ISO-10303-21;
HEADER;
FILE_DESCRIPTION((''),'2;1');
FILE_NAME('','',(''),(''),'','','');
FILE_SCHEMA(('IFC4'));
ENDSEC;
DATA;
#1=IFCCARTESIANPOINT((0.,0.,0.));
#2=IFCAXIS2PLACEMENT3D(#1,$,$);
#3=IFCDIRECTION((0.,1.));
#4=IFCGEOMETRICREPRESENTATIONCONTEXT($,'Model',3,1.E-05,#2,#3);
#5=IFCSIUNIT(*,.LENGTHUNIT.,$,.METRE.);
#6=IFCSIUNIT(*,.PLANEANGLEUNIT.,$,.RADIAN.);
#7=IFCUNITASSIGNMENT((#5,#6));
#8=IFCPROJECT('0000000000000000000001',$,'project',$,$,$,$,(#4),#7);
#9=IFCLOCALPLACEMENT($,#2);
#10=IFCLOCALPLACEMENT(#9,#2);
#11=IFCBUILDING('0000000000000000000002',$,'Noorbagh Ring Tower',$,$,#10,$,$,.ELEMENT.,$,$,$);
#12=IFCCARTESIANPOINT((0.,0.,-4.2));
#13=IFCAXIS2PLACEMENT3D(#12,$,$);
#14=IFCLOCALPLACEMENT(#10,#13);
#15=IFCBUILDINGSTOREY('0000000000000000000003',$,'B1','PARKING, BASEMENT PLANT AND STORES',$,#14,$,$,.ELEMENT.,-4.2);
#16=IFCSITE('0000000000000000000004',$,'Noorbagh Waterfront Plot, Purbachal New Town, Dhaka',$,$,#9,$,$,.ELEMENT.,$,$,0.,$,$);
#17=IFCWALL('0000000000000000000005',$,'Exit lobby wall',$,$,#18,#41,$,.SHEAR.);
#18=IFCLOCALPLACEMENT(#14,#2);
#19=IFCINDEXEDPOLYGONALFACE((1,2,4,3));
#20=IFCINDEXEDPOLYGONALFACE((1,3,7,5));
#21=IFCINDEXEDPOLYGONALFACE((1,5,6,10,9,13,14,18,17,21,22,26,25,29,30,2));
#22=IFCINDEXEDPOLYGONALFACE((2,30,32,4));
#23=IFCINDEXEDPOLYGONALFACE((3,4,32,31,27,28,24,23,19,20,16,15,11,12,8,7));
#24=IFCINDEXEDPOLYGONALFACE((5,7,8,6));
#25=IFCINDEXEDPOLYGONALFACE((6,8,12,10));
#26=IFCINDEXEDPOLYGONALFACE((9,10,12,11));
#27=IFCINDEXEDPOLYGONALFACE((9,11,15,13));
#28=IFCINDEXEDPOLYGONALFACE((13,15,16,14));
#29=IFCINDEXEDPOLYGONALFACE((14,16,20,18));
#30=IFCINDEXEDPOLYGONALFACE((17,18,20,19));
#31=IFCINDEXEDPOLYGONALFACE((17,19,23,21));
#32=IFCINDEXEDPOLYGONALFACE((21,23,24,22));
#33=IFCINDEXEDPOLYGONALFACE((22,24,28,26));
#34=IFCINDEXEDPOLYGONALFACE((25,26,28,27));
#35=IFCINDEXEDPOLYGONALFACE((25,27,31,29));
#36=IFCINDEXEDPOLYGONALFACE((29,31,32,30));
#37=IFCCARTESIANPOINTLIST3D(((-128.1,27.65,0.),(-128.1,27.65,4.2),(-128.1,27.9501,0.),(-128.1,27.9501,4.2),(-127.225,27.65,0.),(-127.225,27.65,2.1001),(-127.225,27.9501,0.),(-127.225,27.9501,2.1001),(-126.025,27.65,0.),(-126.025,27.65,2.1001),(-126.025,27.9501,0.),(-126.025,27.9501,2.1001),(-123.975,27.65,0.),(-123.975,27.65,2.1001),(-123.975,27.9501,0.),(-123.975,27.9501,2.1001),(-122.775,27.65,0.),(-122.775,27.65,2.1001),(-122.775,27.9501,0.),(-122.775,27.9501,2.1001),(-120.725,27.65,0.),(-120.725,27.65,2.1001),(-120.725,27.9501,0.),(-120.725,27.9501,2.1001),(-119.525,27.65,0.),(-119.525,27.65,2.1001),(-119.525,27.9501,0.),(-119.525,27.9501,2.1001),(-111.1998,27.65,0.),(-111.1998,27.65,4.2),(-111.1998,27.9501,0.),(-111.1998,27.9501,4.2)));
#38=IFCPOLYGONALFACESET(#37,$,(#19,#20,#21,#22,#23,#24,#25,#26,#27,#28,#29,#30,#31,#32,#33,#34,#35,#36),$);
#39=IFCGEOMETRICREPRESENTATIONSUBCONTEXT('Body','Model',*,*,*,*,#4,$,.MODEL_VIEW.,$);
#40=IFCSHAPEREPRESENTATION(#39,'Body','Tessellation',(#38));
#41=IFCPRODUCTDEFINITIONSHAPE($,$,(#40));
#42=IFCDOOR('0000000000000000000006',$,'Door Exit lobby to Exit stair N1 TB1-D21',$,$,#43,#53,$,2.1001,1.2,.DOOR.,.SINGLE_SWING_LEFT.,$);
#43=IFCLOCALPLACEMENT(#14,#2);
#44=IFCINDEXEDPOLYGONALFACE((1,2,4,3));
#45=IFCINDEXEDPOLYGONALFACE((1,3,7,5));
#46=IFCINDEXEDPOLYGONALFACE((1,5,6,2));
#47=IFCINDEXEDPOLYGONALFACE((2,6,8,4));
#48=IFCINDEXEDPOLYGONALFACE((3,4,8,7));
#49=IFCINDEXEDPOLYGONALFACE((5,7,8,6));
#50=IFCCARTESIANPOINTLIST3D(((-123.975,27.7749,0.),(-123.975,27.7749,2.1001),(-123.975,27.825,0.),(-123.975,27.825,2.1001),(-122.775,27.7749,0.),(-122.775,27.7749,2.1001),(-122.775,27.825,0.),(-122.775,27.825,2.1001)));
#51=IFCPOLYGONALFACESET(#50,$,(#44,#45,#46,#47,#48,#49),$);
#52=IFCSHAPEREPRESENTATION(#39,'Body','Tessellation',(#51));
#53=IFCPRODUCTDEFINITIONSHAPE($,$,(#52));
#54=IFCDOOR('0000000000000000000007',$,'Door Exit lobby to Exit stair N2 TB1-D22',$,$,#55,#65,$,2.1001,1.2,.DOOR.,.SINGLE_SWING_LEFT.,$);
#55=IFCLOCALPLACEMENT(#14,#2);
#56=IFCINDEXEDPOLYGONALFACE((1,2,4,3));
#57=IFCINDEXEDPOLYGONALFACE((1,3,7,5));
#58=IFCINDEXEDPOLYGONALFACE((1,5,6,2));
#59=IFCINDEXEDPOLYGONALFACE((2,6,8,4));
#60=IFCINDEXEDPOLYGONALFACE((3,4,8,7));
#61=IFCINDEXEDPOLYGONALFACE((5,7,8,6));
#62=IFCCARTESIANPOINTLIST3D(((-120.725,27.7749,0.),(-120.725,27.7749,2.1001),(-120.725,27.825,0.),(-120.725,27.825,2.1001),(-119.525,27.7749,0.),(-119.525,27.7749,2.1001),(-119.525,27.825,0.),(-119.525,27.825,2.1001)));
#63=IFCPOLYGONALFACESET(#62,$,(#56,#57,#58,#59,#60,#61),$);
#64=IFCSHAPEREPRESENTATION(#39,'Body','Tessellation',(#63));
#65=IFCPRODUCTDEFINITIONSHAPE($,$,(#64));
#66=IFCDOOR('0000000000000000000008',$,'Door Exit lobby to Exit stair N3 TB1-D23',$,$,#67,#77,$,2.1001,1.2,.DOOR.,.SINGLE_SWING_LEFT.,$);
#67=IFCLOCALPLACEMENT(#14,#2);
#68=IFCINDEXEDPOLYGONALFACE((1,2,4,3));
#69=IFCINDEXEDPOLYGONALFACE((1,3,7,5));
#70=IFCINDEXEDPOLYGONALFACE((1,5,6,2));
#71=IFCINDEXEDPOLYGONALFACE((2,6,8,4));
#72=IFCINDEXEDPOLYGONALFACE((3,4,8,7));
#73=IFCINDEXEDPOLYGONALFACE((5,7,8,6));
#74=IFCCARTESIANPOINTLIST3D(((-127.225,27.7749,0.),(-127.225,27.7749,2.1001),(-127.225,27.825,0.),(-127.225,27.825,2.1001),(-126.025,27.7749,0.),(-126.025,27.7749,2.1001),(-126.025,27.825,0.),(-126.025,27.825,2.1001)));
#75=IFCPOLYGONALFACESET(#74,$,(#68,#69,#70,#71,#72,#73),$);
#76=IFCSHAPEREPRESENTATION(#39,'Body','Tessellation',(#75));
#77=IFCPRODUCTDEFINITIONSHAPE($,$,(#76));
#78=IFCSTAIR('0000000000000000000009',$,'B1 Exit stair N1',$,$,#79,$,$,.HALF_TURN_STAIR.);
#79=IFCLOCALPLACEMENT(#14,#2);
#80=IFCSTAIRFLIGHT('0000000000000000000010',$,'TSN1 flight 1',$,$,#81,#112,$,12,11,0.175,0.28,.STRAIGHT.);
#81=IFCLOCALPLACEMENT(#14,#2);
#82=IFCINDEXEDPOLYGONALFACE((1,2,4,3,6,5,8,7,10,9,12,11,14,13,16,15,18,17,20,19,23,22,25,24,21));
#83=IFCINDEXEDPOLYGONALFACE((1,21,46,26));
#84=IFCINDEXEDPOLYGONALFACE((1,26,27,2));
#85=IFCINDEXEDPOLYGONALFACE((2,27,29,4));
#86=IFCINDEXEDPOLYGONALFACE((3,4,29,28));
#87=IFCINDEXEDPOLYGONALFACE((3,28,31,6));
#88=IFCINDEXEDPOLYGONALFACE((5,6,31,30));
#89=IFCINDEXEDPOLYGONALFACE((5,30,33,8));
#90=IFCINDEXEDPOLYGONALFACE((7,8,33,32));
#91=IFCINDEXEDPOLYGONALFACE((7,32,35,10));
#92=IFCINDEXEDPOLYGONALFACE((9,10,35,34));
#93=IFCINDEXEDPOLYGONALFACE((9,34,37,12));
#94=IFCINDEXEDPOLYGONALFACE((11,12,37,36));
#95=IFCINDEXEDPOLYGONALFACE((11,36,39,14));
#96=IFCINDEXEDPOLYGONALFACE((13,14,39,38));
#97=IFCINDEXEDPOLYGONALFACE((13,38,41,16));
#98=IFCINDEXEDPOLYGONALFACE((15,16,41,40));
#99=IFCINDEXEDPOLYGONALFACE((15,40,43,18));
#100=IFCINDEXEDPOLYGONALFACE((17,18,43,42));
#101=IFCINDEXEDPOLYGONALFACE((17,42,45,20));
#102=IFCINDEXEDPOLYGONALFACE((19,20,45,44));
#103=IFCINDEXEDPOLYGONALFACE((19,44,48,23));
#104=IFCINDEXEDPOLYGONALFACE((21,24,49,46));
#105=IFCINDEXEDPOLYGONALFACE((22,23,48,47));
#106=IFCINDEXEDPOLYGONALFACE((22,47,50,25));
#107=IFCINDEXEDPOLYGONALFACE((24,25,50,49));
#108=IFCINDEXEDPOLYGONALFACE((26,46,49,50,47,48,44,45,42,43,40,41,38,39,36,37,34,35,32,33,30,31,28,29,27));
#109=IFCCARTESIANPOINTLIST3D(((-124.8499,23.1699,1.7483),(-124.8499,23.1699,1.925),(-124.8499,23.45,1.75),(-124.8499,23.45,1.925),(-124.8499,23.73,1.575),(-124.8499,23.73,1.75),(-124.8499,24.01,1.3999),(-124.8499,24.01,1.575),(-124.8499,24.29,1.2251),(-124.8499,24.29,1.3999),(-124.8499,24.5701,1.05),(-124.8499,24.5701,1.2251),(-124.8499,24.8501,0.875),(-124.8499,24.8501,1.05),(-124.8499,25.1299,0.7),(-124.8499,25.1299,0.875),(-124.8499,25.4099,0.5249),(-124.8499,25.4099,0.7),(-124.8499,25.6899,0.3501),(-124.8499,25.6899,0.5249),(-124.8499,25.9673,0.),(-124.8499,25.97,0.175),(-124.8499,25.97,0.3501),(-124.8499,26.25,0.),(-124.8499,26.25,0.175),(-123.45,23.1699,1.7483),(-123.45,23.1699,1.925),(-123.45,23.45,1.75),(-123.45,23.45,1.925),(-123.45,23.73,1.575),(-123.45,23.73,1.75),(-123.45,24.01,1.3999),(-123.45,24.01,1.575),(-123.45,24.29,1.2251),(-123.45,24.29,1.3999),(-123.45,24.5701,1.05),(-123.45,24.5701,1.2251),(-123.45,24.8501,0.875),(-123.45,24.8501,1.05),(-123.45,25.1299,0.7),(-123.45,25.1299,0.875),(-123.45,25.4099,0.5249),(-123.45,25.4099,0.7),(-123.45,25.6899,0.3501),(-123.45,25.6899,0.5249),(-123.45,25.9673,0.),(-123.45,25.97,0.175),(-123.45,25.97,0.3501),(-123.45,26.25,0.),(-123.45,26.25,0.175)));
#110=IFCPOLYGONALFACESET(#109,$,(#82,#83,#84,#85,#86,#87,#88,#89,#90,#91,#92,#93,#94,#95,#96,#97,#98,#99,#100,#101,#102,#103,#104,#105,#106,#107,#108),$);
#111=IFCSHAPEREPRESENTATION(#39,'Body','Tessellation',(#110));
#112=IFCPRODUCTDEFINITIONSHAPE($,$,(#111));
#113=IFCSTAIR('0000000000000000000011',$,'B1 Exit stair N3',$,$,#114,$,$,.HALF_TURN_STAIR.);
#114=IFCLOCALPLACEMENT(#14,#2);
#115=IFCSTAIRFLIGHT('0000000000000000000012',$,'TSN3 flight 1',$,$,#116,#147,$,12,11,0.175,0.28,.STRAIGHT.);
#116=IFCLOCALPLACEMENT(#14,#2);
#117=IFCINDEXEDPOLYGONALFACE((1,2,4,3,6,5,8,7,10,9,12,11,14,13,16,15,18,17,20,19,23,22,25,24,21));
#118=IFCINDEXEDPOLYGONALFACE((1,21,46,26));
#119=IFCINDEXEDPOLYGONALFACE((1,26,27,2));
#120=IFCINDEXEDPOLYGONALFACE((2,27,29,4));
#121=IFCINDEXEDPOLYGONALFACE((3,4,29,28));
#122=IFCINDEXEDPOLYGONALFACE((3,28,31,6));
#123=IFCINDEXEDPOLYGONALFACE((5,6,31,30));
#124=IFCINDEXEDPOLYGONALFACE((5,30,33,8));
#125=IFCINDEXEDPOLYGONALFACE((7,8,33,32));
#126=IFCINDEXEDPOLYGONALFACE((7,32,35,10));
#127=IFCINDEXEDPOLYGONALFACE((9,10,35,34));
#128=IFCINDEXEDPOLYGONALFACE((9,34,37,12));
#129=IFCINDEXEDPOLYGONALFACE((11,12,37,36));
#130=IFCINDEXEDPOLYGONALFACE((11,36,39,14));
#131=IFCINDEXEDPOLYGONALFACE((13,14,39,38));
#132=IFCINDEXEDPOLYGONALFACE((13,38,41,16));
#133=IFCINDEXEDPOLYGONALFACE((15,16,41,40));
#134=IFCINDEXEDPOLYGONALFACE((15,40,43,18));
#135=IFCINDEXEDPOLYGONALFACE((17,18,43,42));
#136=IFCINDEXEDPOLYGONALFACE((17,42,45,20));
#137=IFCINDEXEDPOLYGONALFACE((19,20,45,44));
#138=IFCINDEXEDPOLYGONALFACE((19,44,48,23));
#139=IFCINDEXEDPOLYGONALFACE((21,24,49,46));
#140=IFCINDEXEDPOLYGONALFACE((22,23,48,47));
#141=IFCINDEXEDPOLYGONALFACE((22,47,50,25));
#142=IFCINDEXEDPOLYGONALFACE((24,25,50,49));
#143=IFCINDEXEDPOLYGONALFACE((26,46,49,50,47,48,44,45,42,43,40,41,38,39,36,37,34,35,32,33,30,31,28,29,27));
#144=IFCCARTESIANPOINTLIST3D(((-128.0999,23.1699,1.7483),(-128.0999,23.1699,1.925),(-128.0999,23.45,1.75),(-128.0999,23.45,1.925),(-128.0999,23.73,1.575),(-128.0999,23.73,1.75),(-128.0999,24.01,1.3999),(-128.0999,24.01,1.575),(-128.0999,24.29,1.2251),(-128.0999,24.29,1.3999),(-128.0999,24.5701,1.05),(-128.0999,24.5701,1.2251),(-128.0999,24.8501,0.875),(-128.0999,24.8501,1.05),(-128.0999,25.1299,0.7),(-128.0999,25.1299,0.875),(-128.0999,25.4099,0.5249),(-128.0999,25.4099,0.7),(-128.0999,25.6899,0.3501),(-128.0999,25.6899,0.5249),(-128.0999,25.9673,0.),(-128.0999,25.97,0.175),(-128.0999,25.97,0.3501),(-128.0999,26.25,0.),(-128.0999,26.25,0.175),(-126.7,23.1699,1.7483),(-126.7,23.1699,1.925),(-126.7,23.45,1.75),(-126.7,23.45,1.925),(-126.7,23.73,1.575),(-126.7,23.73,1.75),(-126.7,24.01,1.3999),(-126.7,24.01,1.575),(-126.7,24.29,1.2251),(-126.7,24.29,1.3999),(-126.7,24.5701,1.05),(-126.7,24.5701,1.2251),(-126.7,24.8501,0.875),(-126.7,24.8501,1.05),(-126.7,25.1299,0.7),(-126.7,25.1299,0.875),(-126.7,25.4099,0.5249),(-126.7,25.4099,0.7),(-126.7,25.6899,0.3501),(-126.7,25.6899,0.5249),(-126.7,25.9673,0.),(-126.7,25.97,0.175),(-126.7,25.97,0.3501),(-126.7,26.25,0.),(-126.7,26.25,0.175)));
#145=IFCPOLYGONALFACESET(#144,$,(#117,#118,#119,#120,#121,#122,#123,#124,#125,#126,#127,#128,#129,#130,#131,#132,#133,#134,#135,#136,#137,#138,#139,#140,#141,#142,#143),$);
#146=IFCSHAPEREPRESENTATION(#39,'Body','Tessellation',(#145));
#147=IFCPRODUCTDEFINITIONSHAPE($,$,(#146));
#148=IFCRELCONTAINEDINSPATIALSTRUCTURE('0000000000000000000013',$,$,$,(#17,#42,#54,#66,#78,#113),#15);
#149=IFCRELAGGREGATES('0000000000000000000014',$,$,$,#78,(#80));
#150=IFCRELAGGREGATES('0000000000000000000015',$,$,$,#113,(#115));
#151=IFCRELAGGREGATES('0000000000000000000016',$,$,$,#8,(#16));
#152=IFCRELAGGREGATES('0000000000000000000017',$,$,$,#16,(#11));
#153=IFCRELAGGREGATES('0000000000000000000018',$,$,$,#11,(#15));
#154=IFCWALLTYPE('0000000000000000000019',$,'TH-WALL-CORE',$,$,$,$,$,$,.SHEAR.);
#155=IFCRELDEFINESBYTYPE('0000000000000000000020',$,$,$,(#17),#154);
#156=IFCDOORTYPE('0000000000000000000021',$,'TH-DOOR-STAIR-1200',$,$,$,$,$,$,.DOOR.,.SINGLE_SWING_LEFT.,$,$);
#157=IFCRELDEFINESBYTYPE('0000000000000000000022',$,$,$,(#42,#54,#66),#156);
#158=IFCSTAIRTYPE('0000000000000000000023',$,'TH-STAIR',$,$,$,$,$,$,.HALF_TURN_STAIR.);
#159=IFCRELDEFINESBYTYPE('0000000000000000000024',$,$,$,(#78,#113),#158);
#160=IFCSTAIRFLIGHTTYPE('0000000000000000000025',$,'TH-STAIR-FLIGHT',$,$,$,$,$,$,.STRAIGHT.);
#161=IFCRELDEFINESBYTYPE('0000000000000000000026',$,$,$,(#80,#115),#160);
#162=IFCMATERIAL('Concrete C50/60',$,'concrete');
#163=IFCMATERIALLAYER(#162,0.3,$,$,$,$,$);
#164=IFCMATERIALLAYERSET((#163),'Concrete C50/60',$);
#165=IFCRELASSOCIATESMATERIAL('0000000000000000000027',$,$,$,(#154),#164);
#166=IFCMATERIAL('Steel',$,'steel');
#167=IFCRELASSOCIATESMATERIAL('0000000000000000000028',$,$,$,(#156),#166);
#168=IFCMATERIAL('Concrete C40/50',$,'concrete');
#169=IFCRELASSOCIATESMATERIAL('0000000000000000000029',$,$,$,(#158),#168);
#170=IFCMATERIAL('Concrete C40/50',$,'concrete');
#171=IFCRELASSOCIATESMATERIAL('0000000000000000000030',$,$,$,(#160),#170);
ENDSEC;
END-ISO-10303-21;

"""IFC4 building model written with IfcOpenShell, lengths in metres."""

from ifc_helpers import new_model, si_unit, direction, frame, frame_2d, origin, place, context, subcontext, project, spatial, polyline, rectangle, outline, extrude, material, layer, layer_set, type_object, element, fill, aggregate, save


model = new_model("IFC4")

# Units and contexts
model_context = context("Model", 3, precision=1e-05, world=origin(), true_north=direction((0.0, 1.0)))
body_context = subcontext(model_context, "Body", "Model", "MODEL_VIEW")
ifc_project = project(units=[si_unit("LENGTHUNIT", "METRE"), si_unit("PLANEANGLEUNIT", "RADIAN")], contexts=[model_context])

# Site, building, storey
site_placement = place(None, origin())
site = spatial("IfcSite", under=ifc_project, at=site_placement, Name="Noorbagh Waterfront Plot, Purbachal New Town, Dhaka", CompositionType="ELEMENT", RefElevation=0.0)
building_placement = place(site_placement, origin())
building = spatial("IfcBuilding", under=site, at=building_placement, Name="Noorbagh Ring Tower", CompositionType="ELEMENT")
storey_placement = place(building_placement, frame((0.0, 0.0, -4.2)))
storey = spatial("IfcBuildingStorey", under=building, at=storey_placement, Name="B1", Description="PARKING, BASEMENT PLANT AND STORES", CompositionType="ELEMENT", Elevation=-4.2)

# Wall, openings, doors
ifc_material_1 = material(Name="Concrete C50/60", Category="concrete")
ifc_layer = layer(ifc_material_1, 0.3)
ifc_layer_set = layer_set([ifc_layer], Name="Concrete C50/60")
wall_type = type_object("IfcWallType", Name="TH-WALL-CORE", PredefinedType="SHEAR", material=ifc_layer_set)
wall_placement = place(storey_placement, frame((-128.1001, 27.8, 0.0), z_axis=(0.0, 0.0, 1.0), x_axis=(1.0, 0.0, 0.0)))
wall = element("IfcWall", 1, at=wall_placement, inside=storey, type_object=wall_type, Name="Exit lobby wall", PredefinedType="SHEAR", context=body_context, shape_type="SweptSolid", body=[
    extrude(rectangle(XDim=16.9001, YDim=0.3, at=frame_2d((8.4502, 0.0))), origin(), (0.0, 0.0, 1.0), 4.2),
])
opening_1_placement = place(wall_placement, frame((4.125, 0.0, 0.0)))
opening_1 = element("IfcOpeningElement", 2, at=opening_1_placement, cuts=wall, PredefinedType="OPENING", context=body_context, shape_type="SweptSolid", body=[
    extrude(rectangle(XDim=1.2, YDim=2.1001, at=frame_2d((0.6001, 1.05))), frame((0.0, 0.1602, 0.0), z_axis=(0.0, -1.0, 0.0), x_axis=(1.0, 0.0, 0.0)), (0.0, 0.0, 1.0), 0.3201),
])
opening_2_placement = place(wall_placement, frame((7.375, 0.0, 0.0)))
opening_2 = element("IfcOpeningElement", 3, at=opening_2_placement, cuts=wall, PredefinedType="OPENING", context=body_context, shape_type="SweptSolid", body=[
    extrude(rectangle(XDim=1.2, YDim=2.1001, at=frame_2d((0.6001, 1.05))), frame((0.0, 0.1602, 0.0), z_axis=(0.0, -1.0, 0.0), x_axis=(1.0, 0.0, 0.0)), (0.0, 0.0, 1.0), 0.3201),
])
opening_3_placement = place(wall_placement, frame((0.875, 0.0, 0.0)))
opening_3 = element("IfcOpeningElement", 4, at=opening_3_placement, cuts=wall, PredefinedType="OPENING", context=body_context, shape_type="SweptSolid", body=[
    extrude(rectangle(XDim=1.2, YDim=2.1001, at=frame_2d((0.6001, 1.05))), frame((0.0, 0.1602, 0.0), z_axis=(0.0, -1.0, 0.0), x_axis=(1.0, 0.0, 0.0)), (0.0, 0.0, 1.0), 0.3201),
])
ifc_material_2 = material(Name="Steel", Category="steel")
door_type = type_object("IfcDoorType", Name="TH-DOOR-STAIR-1200", OperationType="SINGLE_SWING_LEFT", PredefinedType="DOOR", material=ifc_material_2)
door_1_placement = place(opening_1_placement, origin())
door_1 = element("IfcDoor", 5, at=door_1_placement, inside=storey, type_object=door_type, Name="Door Exit lobby to Exit stair N1 TB1-D21", OperationType="SINGLE_SWING_LEFT", OverallHeight=2.1001, OverallWidth=1.2, PredefinedType="DOOR", context=body_context, shape_type="SweptSolid", body=[
    extrude(rectangle(XDim=1.2, YDim=2.1001, at=frame_2d((0.6001, 1.05))), frame((0.0, 0.0249, 0.0), z_axis=(0.0, -1.0, 0.0), x_axis=(1.0, 0.0, 0.0)), (0.0, 0.0, 1.0), 0.05),
])
fill(opening_1, door_1)
door_2_placement = place(opening_2_placement, origin())
door_2 = element("IfcDoor", 6, at=door_2_placement, inside=storey, type_object=door_type, Name="Door Exit lobby to Exit stair N2 TB1-D22", OperationType="SINGLE_SWING_LEFT", OverallHeight=2.1001, OverallWidth=1.2, PredefinedType="DOOR", context=body_context, shape_type="SweptSolid", body=[
    extrude(rectangle(XDim=1.2, YDim=2.1001, at=frame_2d((0.6001, 1.05))), frame((0.0, 0.0249, 0.0), z_axis=(0.0, -1.0, 0.0), x_axis=(1.0, 0.0, 0.0)), (0.0, 0.0, 1.0), 0.05),
])
fill(opening_2, door_2)
door_3_placement = place(opening_3_placement, origin())
door_3 = element("IfcDoor", 7, at=door_3_placement, inside=storey, type_object=door_type, Name="Door Exit lobby to Exit stair N3 TB1-D23", OperationType="SINGLE_SWING_LEFT", OverallHeight=2.1001, OverallWidth=1.2, PredefinedType="DOOR", context=body_context, shape_type="SweptSolid", body=[
    extrude(rectangle(XDim=1.2, YDim=2.1001, at=frame_2d((0.6001, 1.05))), frame((0.0, 0.0249, 0.0), z_axis=(0.0, -1.0, 0.0), x_axis=(1.0, 0.0, 0.0)), (0.0, 0.0, 1.0), 0.05),
])
fill(opening_3, door_3)

# Stair, stair flight
ifc_material_3 = material(Name="Concrete C40/50", Category="concrete")
stair_type = type_object("IfcStairType", Name="TH-STAIR", PredefinedType="HALF_TURN_STAIR", material=ifc_material_3)
stair_1_placement = place(storey_placement, origin())
stair_1 = element("IfcStair", 8, at=stair_1_placement, inside=storey, type_object=stair_type, Name="B1 Exit stair N1", PredefinedType="HALF_TURN_STAIR")
ifc_material_4 = material(Name="Concrete C40/50", Category="concrete")
stair_flight_type = type_object("IfcStairFlightType", Name="TH-STAIR-FLIGHT", PredefinedType="STRAIGHT", material=ifc_material_4)
stair_flight_1_placement = place(storey_placement, frame((-124.1499, 26.25, 0.0), z_axis=(0.0, 0.0, 1.0), x_axis=(0.0, -1.0, 0.0)))
stair_flight_1 = element("IfcStairFlight", 9, at=stair_flight_1_placement, type_object=stair_flight_type, Name="TSN1 flight 1", NumberOfRisers=12, NumberOfTreads=11, PredefinedType="STRAIGHT", RiserHeight=0.175, TreadLength=0.28, context=body_context, shape_type="SweptSolid", body=[
    extrude(outline(polyline([(0.0, 0.0), (0.0, 0.175), (0.28, 0.175), (0.28, 0.3501), (0.5601, 0.3501), (0.5601, 0.5249), (0.8401, 0.5249), (0.8401, 0.7), (1.1201, 0.7), (1.1201, 0.875), (1.3999, 0.875), (1.3999, 1.05), (1.6799, 1.05), (1.6799, 1.2251), (1.96, 1.2251), (1.96, 1.3999), (2.24, 1.3999), (2.24, 1.575), (2.52, 1.575), (2.52, 1.75), (2.8, 1.75), (2.8, 1.925), (3.0801, 1.925), (3.0801, 2.1001), (3.0801, 1.7483), (0.2827, 0.0), (0.0, 0.0)])), frame((0.0, 0.7, 0.0), z_axis=(0.0, -1.0, 0.0), x_axis=(1.0, 0.0, 0.0)), (0.0, 0.0, 1.0), 1.3999),
])
aggregate(stair_1, [stair_flight_1])

# Stair, stair flight
stair_2_placement = place(storey_placement, origin())
stair_2 = element("IfcStair", 10, at=stair_2_placement, inside=storey, type_object=stair_type, Name="B1 Exit stair N3", PredefinedType="HALF_TURN_STAIR")
stair_flight_2_placement = place(storey_placement, frame((-127.3999, 26.25, 0.0), z_axis=(0.0, 0.0, 1.0), x_axis=(0.0, -1.0, 0.0)))
stair_flight_2 = element("IfcStairFlight", 11, at=stair_flight_2_placement, type_object=stair_flight_type, Name="TSN3 flight 1", NumberOfRisers=12, NumberOfTreads=11, PredefinedType="STRAIGHT", RiserHeight=0.175, TreadLength=0.28, context=body_context, shape_type="SweptSolid", body=[
    extrude(outline(polyline([(0.0, 0.0), (0.0, 0.175), (0.28, 0.175), (0.28, 0.3501), (0.5601, 0.3501), (0.5601, 0.5249), (0.8401, 0.5249), (0.8401, 0.7), (1.1201, 0.7), (1.1201, 0.875), (1.3999, 0.875), (1.3999, 1.05), (1.6799, 1.05), (1.6799, 1.2251), (1.96, 1.2251), (1.96, 1.3999), (2.24, 1.3999), (2.24, 1.575), (2.52, 1.575), (2.52, 1.75), (2.8, 1.75), (2.8, 1.925), (3.0801, 1.925), (3.0801, 2.1001), (3.0801, 1.7483), (0.2827, 0.0), (0.0, 0.0)])), frame((0.0, 0.7, 0.0), z_axis=(0.0, -1.0, 0.0), x_axis=(1.0, 0.0, 0.0)), (0.0, 0.0, 1.0), 1.3999),
])
aggregate(stair_2, [stair_flight_2])

save(model, "model.ifc")
